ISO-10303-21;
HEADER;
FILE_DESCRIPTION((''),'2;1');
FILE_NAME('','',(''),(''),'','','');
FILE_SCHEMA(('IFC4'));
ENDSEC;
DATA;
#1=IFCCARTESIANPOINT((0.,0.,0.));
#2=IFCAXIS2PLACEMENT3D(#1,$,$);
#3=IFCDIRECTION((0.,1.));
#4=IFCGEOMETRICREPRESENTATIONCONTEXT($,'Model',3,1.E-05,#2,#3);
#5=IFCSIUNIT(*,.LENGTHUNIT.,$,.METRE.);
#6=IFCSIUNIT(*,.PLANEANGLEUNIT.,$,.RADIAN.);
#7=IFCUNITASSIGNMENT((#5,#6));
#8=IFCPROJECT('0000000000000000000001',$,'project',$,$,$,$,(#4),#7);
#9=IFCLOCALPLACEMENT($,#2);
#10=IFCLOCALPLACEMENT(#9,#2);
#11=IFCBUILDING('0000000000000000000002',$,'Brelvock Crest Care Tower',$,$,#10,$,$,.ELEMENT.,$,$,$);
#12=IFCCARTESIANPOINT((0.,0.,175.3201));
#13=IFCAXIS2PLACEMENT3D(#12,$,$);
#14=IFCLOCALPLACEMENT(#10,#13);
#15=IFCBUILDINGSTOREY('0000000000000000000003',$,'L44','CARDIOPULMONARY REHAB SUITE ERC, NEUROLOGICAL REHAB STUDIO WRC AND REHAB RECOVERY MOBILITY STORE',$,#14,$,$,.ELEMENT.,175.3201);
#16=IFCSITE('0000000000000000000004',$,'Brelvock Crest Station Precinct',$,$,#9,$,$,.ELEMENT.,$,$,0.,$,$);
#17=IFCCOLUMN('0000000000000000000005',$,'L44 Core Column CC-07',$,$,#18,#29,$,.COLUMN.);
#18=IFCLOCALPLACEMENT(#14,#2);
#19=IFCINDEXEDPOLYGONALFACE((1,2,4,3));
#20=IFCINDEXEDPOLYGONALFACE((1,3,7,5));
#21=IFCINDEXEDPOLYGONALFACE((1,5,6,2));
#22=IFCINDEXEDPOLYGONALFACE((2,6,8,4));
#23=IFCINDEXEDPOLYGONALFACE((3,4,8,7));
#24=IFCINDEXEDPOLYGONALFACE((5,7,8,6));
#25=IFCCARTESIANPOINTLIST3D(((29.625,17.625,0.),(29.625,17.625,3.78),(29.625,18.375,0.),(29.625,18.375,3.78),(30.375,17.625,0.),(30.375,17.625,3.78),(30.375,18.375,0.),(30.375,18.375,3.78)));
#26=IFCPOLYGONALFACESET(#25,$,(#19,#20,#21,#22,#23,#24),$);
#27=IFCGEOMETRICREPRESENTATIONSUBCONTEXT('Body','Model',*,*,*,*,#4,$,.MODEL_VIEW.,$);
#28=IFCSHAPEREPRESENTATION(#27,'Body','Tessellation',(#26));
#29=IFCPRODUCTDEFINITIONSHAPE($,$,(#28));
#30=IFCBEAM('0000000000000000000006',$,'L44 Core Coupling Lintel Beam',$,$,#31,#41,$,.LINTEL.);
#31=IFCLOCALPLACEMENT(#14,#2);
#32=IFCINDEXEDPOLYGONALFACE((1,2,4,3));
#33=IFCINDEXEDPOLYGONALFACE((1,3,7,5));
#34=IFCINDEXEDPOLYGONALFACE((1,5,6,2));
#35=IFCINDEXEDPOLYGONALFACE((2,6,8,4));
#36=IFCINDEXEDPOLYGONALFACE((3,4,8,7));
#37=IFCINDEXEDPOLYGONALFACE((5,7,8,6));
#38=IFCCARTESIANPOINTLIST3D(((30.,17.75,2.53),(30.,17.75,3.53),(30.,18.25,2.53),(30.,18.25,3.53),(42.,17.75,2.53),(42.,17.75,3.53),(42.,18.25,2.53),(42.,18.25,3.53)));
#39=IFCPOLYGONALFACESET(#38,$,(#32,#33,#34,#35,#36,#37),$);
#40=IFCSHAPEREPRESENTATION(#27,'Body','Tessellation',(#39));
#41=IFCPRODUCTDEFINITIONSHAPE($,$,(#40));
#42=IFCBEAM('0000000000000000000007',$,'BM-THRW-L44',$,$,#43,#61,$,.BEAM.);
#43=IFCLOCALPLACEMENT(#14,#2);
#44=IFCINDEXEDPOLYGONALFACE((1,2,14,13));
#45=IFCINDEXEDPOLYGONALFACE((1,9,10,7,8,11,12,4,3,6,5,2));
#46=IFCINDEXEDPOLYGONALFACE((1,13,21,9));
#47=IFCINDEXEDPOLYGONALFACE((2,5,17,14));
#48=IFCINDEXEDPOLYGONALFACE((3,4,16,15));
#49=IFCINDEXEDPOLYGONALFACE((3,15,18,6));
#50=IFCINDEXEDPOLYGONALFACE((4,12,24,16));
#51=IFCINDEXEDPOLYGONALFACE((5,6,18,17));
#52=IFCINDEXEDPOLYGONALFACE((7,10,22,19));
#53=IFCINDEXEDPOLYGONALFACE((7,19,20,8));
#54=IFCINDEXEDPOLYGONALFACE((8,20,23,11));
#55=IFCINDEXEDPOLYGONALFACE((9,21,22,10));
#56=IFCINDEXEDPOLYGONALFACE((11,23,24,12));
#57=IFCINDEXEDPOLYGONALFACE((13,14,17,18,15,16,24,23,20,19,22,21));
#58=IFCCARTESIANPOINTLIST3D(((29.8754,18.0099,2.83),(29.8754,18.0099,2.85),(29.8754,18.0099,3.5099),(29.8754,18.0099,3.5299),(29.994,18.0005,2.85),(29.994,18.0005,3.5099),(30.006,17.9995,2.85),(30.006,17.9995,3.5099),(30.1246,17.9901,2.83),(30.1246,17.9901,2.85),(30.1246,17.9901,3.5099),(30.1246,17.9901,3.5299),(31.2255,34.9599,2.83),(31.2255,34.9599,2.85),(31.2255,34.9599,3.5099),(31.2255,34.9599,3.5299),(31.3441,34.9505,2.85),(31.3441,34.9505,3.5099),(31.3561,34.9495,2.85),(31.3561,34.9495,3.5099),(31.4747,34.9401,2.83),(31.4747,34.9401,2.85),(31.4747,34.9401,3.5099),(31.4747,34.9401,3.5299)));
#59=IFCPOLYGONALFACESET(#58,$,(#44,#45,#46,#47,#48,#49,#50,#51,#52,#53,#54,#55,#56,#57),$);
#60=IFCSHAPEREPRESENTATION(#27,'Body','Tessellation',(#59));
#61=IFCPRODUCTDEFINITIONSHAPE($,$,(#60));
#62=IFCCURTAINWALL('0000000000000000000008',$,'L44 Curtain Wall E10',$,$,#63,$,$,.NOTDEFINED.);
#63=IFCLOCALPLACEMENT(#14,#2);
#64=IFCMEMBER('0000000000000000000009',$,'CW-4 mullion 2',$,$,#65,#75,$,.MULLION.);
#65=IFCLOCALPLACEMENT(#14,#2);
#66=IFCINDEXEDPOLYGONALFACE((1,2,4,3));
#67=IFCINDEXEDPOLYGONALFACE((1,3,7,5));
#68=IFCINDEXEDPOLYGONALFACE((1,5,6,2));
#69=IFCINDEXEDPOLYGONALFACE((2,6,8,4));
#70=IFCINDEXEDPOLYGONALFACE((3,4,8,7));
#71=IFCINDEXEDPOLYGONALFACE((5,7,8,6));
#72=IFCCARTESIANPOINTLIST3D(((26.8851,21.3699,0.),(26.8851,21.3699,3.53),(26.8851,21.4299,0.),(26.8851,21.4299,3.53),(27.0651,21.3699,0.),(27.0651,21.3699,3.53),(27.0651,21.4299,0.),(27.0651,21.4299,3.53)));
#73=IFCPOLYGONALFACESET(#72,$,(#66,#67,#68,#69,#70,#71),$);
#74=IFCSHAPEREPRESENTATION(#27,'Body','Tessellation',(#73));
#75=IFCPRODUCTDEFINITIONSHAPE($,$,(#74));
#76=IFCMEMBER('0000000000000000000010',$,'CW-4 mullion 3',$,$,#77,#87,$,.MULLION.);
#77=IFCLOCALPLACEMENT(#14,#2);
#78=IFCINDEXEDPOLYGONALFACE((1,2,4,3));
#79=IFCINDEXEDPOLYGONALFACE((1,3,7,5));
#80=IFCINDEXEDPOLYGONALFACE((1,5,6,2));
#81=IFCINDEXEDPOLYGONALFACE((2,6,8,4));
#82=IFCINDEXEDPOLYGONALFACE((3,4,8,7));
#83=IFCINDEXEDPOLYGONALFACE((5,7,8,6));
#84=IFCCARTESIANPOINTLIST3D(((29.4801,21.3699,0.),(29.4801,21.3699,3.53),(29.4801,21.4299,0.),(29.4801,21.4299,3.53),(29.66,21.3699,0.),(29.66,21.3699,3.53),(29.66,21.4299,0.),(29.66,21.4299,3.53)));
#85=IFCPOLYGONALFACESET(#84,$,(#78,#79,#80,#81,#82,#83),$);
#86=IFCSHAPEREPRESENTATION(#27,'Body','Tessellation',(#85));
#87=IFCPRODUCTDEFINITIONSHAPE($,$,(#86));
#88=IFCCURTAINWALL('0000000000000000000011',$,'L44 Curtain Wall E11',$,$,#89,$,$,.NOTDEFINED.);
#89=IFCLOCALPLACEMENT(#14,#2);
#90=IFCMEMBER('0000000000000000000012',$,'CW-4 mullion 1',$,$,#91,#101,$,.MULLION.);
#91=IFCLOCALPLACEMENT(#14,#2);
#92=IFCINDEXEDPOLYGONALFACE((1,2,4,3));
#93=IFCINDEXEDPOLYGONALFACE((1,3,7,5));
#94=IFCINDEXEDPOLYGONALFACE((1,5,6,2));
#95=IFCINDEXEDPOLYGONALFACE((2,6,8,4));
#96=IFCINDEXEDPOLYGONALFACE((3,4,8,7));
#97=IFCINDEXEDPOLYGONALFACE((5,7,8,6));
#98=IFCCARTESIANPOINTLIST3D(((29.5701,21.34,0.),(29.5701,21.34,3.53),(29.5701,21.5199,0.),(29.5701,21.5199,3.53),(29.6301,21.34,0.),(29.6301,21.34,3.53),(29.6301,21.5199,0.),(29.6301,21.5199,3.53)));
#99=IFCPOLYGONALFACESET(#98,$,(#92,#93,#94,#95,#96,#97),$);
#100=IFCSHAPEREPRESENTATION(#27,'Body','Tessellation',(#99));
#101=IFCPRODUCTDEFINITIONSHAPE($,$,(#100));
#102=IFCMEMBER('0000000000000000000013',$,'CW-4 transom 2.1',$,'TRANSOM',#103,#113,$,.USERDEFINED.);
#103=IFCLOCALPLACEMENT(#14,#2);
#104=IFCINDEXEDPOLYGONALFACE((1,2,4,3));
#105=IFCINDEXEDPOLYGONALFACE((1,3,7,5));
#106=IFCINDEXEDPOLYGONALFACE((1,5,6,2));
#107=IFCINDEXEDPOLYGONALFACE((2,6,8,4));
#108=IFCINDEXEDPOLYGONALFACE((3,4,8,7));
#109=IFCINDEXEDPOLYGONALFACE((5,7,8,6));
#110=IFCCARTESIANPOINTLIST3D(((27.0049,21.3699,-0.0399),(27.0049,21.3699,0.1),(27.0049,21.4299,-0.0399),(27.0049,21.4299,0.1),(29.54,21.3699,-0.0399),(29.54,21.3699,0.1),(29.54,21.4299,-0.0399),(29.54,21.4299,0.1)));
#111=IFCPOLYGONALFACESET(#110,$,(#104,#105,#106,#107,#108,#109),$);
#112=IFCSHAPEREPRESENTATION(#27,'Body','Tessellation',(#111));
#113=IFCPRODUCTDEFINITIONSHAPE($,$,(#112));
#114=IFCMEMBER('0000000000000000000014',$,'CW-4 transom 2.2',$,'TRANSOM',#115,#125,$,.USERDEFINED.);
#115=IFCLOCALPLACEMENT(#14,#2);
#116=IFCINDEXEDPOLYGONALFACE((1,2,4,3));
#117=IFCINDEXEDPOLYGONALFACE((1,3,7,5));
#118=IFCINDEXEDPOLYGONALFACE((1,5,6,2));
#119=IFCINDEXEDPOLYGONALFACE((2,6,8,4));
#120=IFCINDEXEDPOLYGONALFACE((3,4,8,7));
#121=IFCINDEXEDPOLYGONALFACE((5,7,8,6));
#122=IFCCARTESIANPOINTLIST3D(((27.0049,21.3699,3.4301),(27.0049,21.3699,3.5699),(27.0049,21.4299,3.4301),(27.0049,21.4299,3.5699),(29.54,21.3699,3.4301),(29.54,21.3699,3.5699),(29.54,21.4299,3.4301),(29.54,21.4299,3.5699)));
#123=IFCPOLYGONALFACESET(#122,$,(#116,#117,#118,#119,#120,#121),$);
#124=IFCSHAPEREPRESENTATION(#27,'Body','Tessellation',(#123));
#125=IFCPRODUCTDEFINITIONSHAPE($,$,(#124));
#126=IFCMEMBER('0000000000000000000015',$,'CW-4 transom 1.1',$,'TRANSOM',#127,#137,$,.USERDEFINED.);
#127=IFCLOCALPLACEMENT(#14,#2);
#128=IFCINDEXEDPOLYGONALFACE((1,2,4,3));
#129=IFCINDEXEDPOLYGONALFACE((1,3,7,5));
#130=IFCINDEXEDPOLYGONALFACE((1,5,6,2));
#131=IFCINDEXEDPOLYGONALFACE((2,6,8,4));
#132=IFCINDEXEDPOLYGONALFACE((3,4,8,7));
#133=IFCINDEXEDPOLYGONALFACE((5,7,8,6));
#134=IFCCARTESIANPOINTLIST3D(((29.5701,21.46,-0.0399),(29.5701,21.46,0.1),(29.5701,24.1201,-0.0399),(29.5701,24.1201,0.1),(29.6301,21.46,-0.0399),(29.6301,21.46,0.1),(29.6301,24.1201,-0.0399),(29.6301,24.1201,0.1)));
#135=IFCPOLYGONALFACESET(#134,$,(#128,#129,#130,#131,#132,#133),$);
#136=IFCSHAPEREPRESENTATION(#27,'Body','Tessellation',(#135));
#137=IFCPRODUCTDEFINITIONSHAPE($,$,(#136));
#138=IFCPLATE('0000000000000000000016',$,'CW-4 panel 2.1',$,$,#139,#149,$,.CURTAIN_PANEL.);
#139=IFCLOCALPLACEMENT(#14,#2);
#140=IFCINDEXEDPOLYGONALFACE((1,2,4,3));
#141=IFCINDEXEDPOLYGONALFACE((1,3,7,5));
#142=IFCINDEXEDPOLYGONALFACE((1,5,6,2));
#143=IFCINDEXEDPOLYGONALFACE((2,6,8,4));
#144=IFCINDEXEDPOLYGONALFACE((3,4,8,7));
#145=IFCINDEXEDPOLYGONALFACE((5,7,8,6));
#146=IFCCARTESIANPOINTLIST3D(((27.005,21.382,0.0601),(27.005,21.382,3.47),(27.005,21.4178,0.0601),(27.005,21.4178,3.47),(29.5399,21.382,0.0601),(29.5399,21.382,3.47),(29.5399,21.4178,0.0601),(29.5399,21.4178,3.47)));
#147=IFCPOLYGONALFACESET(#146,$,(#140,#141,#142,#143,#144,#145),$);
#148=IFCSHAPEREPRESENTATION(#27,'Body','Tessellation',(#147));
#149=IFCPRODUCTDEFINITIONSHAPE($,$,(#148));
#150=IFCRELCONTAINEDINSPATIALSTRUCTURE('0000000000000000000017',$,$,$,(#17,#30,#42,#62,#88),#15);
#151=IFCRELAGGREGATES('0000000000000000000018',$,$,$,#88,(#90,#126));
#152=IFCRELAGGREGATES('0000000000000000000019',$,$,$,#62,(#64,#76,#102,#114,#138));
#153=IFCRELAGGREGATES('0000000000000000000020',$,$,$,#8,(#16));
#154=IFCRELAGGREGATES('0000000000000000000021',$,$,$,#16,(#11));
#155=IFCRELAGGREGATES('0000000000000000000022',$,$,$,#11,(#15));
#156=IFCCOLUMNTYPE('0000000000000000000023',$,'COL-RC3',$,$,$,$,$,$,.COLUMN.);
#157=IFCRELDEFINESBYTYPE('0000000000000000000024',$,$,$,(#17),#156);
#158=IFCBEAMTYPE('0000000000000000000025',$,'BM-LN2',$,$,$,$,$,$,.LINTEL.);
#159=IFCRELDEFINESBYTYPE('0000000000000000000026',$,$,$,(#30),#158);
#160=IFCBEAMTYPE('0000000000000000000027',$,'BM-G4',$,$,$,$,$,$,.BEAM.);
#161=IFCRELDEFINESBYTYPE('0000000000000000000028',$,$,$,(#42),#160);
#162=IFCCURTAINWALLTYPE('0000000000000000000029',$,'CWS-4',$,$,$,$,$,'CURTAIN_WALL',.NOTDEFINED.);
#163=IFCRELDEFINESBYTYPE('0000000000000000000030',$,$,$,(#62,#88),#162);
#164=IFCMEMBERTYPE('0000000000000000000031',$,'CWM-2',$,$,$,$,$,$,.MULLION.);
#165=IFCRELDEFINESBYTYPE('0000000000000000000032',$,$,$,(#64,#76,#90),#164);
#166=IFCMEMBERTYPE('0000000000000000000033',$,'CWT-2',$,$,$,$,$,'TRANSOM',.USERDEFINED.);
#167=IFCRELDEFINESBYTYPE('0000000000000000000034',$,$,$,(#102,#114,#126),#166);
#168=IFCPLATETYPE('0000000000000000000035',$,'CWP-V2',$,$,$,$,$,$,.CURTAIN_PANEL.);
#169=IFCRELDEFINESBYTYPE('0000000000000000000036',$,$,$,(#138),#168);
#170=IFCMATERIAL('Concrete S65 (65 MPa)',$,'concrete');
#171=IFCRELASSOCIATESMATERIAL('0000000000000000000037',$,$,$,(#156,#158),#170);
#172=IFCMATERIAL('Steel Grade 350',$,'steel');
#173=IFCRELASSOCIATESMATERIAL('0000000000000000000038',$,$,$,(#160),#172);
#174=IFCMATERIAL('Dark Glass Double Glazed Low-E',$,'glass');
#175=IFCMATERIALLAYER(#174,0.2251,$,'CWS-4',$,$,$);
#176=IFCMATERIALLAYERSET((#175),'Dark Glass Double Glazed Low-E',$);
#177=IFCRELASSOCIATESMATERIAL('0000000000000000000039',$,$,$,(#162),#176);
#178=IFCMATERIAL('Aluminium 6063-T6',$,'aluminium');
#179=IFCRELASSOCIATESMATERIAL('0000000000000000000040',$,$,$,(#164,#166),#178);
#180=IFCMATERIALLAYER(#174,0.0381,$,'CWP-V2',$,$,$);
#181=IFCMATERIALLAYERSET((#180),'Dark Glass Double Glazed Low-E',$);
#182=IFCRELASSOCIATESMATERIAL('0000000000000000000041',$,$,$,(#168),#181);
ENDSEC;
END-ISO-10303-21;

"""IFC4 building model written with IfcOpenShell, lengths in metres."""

from ifc_helpers import new_model, si_unit, direction, frame, origin, origin_2d, place, context, subcontext, project, spatial, rectangle, i_section, extrude, source, transform, mapped, material, layer, layer_set, material_profile, profile_set, type_object, element, aggregate, save


model = new_model("IFC4")

# Units and contexts
model_context = context("Model", 3, precision=1e-05, world=origin(), true_north=direction((0.0, 1.0)))
body_context = subcontext(model_context, "Body", "Model", "MODEL_VIEW")
ifc_project = project(units=[si_unit("LENGTHUNIT", "METRE"), si_unit("PLANEANGLEUNIT", "RADIAN")], contexts=[model_context])

# Site, building, storey
site_placement = place(None, origin())
site = spatial("IfcSite", under=ifc_project, at=site_placement, Name="Brelvock Crest Station Precinct", CompositionType="ELEMENT", RefElevation=0.0)
building_placement = place(site_placement, origin())
building = spatial("IfcBuilding", under=site, at=building_placement, Name="Brelvock Crest Care Tower", CompositionType="ELEMENT")
storey_placement = place(building_placement, frame((0.0, 0.0, 175.3201)))
storey = spatial("IfcBuildingStorey", under=building, at=storey_placement, Name="L44", Description="CARDIOPULMONARY REHAB SUITE ERC, NEUROLOGICAL REHAB STUDIO WRC AND REHAB RECOVERY MOBILITY STORE", CompositionType="ELEMENT", Elevation=175.3201)

# Column
ifc_material_1 = material(Name="Concrete S65 (65 MPa)", Category="concrete")
ifc_material_profile_1 = material_profile(ifc_material_1, rectangle(XDim=0.75, YDim=0.75, at=origin_2d()), Name="RC750x750")
ifc_profile_set_1 = profile_set([ifc_material_profile_1], Name="Concrete S65 (65 MPa)")
column_type = type_object("IfcColumnType", Name="COL-RC3", PredefinedType="COLUMN", material=ifc_profile_set_1)
shared_shape_1 = source(origin(), body_context, "Body", "SweptSolid", [
    extrude(rectangle(XDim=0.75, YDim=0.75, at=origin_2d()), origin(), (0.0, 0.0, 1.0), 3.78),
])
column_placement = place(storey_placement, frame((30.0, 18.0, 0.0), z_axis=(0.0, 0.0, 1.0), x_axis=(1.0, 0.0, 0.0)))
element("IfcColumn", 1, at=column_placement, inside=storey, type_object=column_type, Name="L44 Core Column CC-07", PredefinedType="COLUMN", context=body_context, shape_type="MappedRepresentation", body=[
    mapped(shared_shape_1, transform((0.0, 0.0, 0.0), x_axis=(1.0, 0.0, 0.0), y_axis=(0.0, 1.0, 0.0), z_axis=(0.0, 0.0, 1.0), scale=1.0)),
])

# Beams
ifc_material_profile_2 = material_profile(ifc_material_1, rectangle(XDim=0.5, YDim=1.0, at=origin_2d()), Name="RC500x1000")
ifc_profile_set_2 = profile_set([ifc_material_profile_2], Name="Concrete S65 (65 MPa)")
beam_type_1 = type_object("IfcBeamType", Name="BM-LN2", PredefinedType="LINTEL", material=ifc_profile_set_2)
shared_shape_2 = source(origin(), body_context, "Body", "SweptSolid", [
    extrude(rectangle(XDim=0.5, YDim=1.0, at=origin_2d()), origin(), (0.0, 0.0, 1.0), 12.0),
])
beam_1_placement = place(storey_placement, frame((30.0, 18.0, 3.03), z_axis=(1.0, 0.0, 0.0), x_axis=(0.0, 1.0, 0.0)))
element("IfcBeam", 2, at=beam_1_placement, inside=storey, type_object=beam_type_1, Name="L44 Core Coupling Lintel Beam", PredefinedType="LINTEL", context=body_context, shape_type="MappedRepresentation", body=[
    mapped(shared_shape_2, transform((0.0, 0.0, 0.0), x_axis=(1.0, 0.0, 0.0), y_axis=(0.0, 1.0, 0.0), z_axis=(0.0, 0.0, 1.0), scale=1.0)),
])
ifc_material_2 = material(Name="Steel Grade 350", Category="steel")
ifc_material_profile_3 = material_profile(ifc_material_2, i_section(OverallWidth=0.25, OverallDepth=0.7, WebThickness=0.012, FlangeThickness=0.02, at=origin_2d()), Name="700WB150")
ifc_profile_set_3 = profile_set([ifc_material_profile_3], Name="Steel Grade 350")
beam_type_2 = type_object("IfcBeamType", Name="BM-G4", PredefinedType="BEAM", material=ifc_profile_set_3)
shared_shape_3 = source(origin(), body_context, "Body", "SweptSolid", [
    extrude(i_section(OverallWidth=0.25, OverallDepth=0.7, WebThickness=0.012, FlangeThickness=0.02, at=origin_2d()), origin(), (0.0, 0.0, 1.0), 17.0037),
])
beam_2_placement = place(storey_placement, frame((30.0, 18.0, 3.1799), z_axis=(0.079401, 0.996843, 0.0), x_axis=(-0.996843, 0.079401, 0.0)))
element("IfcBeam", 3, at=beam_2_placement, inside=storey, type_object=beam_type_2, Name="BM-THRW-L44", PredefinedType="BEAM", context=body_context, shape_type="MappedRepresentation", body=[
    mapped(shared_shape_3, transform((0.0, 0.0, 0.0), x_axis=(1.0, 0.0, 0.0), y_axis=(0.0, 1.0, 0.0), z_axis=(0.0, 0.0, 1.0), scale=1.0)),
])

# Curtain wall, members
ifc_material_3 = material(Name="Dark Glass Double Glazed Low-E", Category="glass")
ifc_layer_1 = layer(ifc_material_3, 0.2251, Name="CWS-4")
ifc_layer_set_1 = layer_set([ifc_layer_1], Name="Dark Glass Double Glazed Low-E")
curtain_wall_type = type_object("IfcCurtainWallType", Name="CWS-4", ElementType="CURTAIN_WALL", PredefinedType="NOTDEFINED", material=ifc_layer_set_1)
curtain_wall_1_placement = place(storey_placement, origin())
curtain_wall_1 = element("IfcCurtainWall", 4, at=curtain_wall_1_placement, inside=storey, type_object=curtain_wall_type, Name="L44 Curtain Wall E10", PredefinedType="NOTDEFINED")
ifc_material_4 = material(Name="Aluminium 6063-T6", Category="aluminium")
ifc_material_profile_4 = material_profile(ifc_material_4, rectangle(XDim=0.0601, YDim=0.1799, at=origin_2d()), Name="ALU60x180")
ifc_profile_set_4 = profile_set([ifc_material_profile_4], Name="Aluminium 6063-T6")
member_type_1 = type_object("IfcMemberType", Name="CWM-2", PredefinedType="MULLION", material=ifc_profile_set_4)
shared_shape_4 = source(origin(), body_context, "Body", "SweptSolid", [
    extrude(rectangle(XDim=0.0601, YDim=0.1799, at=origin_2d()), origin(), (0.0, 0.0, 1.0), 3.53),
])
member_1_placement = place(storey_placement, frame((26.9751, 21.3999, 0.0), z_axis=(0.0, 0.0, 1.0), x_axis=(0.0, 1.0, 0.0)))
member_1 = element("IfcMember", 5, at=member_1_placement, type_object=member_type_1, Name="CW-4 mullion 2", PredefinedType="MULLION", context=body_context, shape_type="MappedRepresentation", body=[
    mapped(shared_shape_4, transform((0.0, 0.0, 0.0), x_axis=(1.0, 0.0, 0.0), y_axis=(0.0, 1.0, 0.0), z_axis=(0.0, 0.0, 1.0), scale=1.0)),
])
member_2_placement = place(storey_placement, frame((29.5701, 21.3999, 0.0), z_axis=(0.0, 0.0, 1.0), x_axis=(0.0, 1.0, 0.0)))
member_2 = element("IfcMember", 6, at=member_2_placement, type_object=member_type_1, Name="CW-4 mullion 3", PredefinedType="MULLION", context=body_context, shape_type="MappedRepresentation", body=[
    mapped(shared_shape_4, transform((0.0, 0.0, 0.0), x_axis=(1.0, 0.0, 0.0), y_axis=(0.0, 1.0, 0.0), z_axis=(0.0, 0.0, 1.0), scale=1.0)),
])

# Curtain wall, member
curtain_wall_2_placement = place(storey_placement, origin())
curtain_wall_2 = element("IfcCurtainWall", 7, at=curtain_wall_2_placement, inside=storey, type_object=curtain_wall_type, Name="L44 Curtain Wall E11", PredefinedType="NOTDEFINED")
member_3_placement = place(storey_placement, frame((29.6001, 21.4299, 0.0), z_axis=(0.0, 0.0, 1.0), x_axis=(-1.0, 0.0, 0.0)))
member_3 = element("IfcMember", 8, at=member_3_placement, type_object=member_type_1, Name="CW-4 mullion 1", PredefinedType="MULLION", context=body_context, shape_type="MappedRepresentation", body=[
    mapped(shared_shape_4, transform((0.0, 0.0, 0.0), x_axis=(1.0, 0.0, 0.0), y_axis=(0.0, 1.0, 0.0), z_axis=(0.0, 0.0, 1.0), scale=1.0)),
])

# Members
ifc_material_profile_5 = material_profile(ifc_material_4, rectangle(XDim=0.0601, YDim=0.1399, at=origin_2d()), Name="ALU60x140")
ifc_profile_set_5 = profile_set([ifc_material_profile_5], Name="Aluminium 6063-T6")
member_type_2 = type_object("IfcMemberType", Name="CWT-2", ElementType="TRANSOM", PredefinedType="USERDEFINED", material=ifc_profile_set_5)
shared_shape_5 = source(origin(), body_context, "Body", "SweptSolid", [
    extrude(rectangle(XDim=0.0601, YDim=0.1399, at=origin_2d()), origin(), (0.0, 0.0, 1.0), 2.5352),
])
member_4_placement = place(storey_placement, frame((27.0049, 21.3999, 0.03), z_axis=(1.0, 0.0, 0.0), x_axis=(0.0, 1.0, 0.0)))
member_4 = element("IfcMember", 9, at=member_4_placement, type_object=member_type_2, Name="CW-4 transom 2.1", ObjectType="TRANSOM", PredefinedType="USERDEFINED", context=body_context, shape_type="MappedRepresentation", body=[
    mapped(shared_shape_5, transform((0.0, 0.0, 0.0), x_axis=(1.0, 0.0, 0.0), y_axis=(0.0, 1.0, 0.0), z_axis=(0.0, 0.0, 1.0), scale=1.0)),
])
member_5_placement = place(storey_placement, frame((27.0049, 21.3999, 3.5), z_axis=(1.0, 0.0, 0.0), x_axis=(0.0, 1.0, 0.0)))
member_5 = element("IfcMember", 10, at=member_5_placement, type_object=member_type_2, Name="CW-4 transom 2.2", ObjectType="TRANSOM", PredefinedType="USERDEFINED", context=body_context, shape_type="MappedRepresentation", body=[
    mapped(shared_shape_5, transform((0.0, 0.0, 0.0), x_axis=(1.0, 0.0, 0.0), y_axis=(0.0, 1.0, 0.0), z_axis=(0.0, 0.0, 1.0), scale=1.0)),
])
shared_shape_6 = source(origin(), body_context, "Body", "SweptSolid", [
    extrude(rectangle(XDim=0.0601, YDim=0.1399, at=origin_2d()), origin(), (0.0, 0.0, 1.0), 2.6602),
])
member_6_placement = place(storey_placement, frame((29.6001, 21.46, 0.03), z_axis=(0.0, 1.0, 0.0), x_axis=(-1.0, 0.0, 0.0)))
member_6 = element("IfcMember", 11, at=member_6_placement, type_object=member_type_2, Name="CW-4 transom 1.1", ObjectType="TRANSOM", PredefinedType="USERDEFINED", context=body_context, shape_type="MappedRepresentation", body=[
    mapped(shared_shape_6, transform((0.0, 0.0, 0.0), x_axis=(1.0, 0.0, 0.0), y_axis=(0.0, 1.0, 0.0), z_axis=(0.0, 0.0, 1.0), scale=1.0)),
])
aggregate(curtain_wall_2, [member_3, member_6])

# Plate
ifc_layer_2 = layer(ifc_material_3, 0.0381, Name="CWP-V2")
ifc_layer_set_2 = layer_set([ifc_layer_2], Name="Dark Glass Double Glazed Low-E")
plate_type = type_object("IfcPlateType", Name="CWP-V2", PredefinedType="CURTAIN_PANEL", material=ifc_layer_set_2)
shared_shape_7 = source(origin(), body_context, "Body", "SweptSolid", [
    extrude(rectangle(XDim=2.5349, YDim=0.0359, at=origin_2d()), origin(), (0.0, 0.0, 1.0), 3.4099),
])
plate_placement = place(storey_placement, frame((28.2725, 21.3999, 0.0601), z_axis=(0.0, 0.0, 1.0), x_axis=(1.0, 0.0, 0.0)))
plate = element("IfcPlate", 12, at=plate_placement, type_object=plate_type, Name="CW-4 panel 2.1", PredefinedType="CURTAIN_PANEL", context=body_context, shape_type="MappedRepresentation", body=[
    mapped(shared_shape_7, transform((0.0, 0.0, 0.0), x_axis=(1.0, 0.0, 0.0), y_axis=(0.0, 1.0, 0.0), z_axis=(0.0, 0.0, 1.0), scale=1.0)),
])
aggregate(curtain_wall_1, [member_1, member_2, member_4, member_5, plate])

save(model, "model.ifc")
